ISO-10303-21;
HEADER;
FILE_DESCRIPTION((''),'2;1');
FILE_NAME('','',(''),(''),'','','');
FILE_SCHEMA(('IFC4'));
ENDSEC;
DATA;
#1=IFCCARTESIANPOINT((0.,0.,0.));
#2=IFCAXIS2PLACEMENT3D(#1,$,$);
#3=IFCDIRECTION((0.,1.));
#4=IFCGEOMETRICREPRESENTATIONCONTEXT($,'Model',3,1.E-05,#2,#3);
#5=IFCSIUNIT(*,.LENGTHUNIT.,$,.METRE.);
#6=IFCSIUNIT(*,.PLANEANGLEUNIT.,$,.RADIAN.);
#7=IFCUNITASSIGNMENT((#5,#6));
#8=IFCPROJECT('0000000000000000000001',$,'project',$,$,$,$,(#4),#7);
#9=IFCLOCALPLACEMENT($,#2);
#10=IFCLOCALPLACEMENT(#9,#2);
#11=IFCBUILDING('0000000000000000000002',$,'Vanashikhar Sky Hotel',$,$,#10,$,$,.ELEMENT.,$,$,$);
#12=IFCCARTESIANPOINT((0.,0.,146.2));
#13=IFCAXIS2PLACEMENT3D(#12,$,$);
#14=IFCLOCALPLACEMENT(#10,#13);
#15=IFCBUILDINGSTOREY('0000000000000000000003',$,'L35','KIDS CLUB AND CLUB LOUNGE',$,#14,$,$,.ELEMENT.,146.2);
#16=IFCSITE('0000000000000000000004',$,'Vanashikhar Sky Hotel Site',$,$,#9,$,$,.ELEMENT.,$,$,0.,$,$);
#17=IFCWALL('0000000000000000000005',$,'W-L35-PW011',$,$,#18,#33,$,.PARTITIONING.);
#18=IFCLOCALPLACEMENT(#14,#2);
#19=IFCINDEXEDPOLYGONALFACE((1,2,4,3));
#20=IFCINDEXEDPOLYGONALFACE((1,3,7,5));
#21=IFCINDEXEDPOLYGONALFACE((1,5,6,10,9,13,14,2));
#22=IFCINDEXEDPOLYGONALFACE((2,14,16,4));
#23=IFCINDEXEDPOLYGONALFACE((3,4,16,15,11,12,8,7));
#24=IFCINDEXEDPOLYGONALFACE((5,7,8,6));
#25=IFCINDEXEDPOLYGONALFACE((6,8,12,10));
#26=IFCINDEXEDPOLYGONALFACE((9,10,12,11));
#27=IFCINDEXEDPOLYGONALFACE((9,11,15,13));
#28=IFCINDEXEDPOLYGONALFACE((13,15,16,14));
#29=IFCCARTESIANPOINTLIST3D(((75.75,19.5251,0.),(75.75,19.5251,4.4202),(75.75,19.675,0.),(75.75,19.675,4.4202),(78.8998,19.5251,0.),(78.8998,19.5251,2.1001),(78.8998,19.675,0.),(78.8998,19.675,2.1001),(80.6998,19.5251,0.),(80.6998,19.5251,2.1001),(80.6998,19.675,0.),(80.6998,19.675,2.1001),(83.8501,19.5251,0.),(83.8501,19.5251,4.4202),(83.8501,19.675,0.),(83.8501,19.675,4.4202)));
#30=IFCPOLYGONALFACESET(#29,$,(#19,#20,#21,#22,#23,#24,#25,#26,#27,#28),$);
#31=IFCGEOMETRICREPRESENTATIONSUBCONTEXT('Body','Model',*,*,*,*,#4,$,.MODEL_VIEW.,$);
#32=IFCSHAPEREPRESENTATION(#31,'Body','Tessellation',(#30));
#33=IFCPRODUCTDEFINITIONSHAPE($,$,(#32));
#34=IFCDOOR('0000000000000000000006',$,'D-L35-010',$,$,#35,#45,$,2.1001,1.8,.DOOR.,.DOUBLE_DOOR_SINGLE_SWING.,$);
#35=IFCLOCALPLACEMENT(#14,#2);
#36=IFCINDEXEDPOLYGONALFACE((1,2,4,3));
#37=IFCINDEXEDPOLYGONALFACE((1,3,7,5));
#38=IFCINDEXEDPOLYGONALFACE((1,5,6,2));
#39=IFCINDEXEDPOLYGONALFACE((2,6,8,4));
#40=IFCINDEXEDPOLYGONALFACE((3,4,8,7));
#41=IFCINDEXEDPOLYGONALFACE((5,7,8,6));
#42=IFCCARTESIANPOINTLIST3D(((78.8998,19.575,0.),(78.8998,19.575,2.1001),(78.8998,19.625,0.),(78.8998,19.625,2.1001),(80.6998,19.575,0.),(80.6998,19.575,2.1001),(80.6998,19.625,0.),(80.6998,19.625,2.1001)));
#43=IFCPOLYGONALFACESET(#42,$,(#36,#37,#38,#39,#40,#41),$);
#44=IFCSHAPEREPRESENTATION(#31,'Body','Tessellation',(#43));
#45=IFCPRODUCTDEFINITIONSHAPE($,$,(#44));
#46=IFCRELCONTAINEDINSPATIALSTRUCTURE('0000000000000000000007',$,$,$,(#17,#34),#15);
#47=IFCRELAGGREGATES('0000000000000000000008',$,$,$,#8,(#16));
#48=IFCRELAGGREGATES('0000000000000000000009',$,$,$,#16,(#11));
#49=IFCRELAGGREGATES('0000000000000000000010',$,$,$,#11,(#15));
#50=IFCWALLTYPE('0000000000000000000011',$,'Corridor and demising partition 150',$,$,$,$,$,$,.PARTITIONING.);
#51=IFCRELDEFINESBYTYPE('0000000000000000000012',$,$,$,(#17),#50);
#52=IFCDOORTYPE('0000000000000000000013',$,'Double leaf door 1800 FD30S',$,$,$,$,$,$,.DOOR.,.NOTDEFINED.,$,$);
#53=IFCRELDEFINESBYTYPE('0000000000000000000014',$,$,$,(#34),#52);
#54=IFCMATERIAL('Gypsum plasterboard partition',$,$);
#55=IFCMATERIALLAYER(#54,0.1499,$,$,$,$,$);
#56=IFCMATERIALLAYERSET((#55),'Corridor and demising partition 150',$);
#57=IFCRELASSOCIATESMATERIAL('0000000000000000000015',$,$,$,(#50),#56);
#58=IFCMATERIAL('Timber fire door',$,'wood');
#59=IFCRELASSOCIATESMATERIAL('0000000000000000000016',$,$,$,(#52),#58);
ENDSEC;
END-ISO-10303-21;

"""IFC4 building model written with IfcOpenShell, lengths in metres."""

from ifc_helpers import new_model, si_unit, direction, frame, frame_2d, origin, place, context, subcontext, project, spatial, rectangle, extrude, source, transform, mapped, material, layer, layer_set, type_object, element, fill, save


model = new_model("IFC4")

# Units and contexts
model_context = context("Model", 3, precision=1e-05, world=origin(), true_north=direction((0.0, 1.0)))
body_context = subcontext(model_context, "Body", "Model", "MODEL_VIEW")
ifc_project = project(units=[si_unit("LENGTHUNIT", "METRE"), si_unit("PLANEANGLEUNIT", "RADIAN")], contexts=[model_context])

# Site, building, storey
site_placement = place(None, origin())
site = spatial("IfcSite", under=ifc_project, at=site_placement, Name="Vanashikhar Sky Hotel Site", CompositionType="ELEMENT", RefElevation=0.0)
building_placement = place(site_placement, origin())
building = spatial("IfcBuilding", under=site, at=building_placement, Name="Vanashikhar Sky Hotel", CompositionType="ELEMENT")
storey_placement = place(building_placement, frame((0.0, 0.0, 146.2)))
storey = spatial("IfcBuildingStorey", under=building, at=storey_placement, Name="L35", Description="KIDS CLUB AND CLUB LOUNGE", CompositionType="ELEMENT", Elevation=146.2)

# Wall, opening, door
ifc_material_1 = material(Name="Gypsum plasterboard partition")
ifc_layer_1 = layer(ifc_material_1, 0.1499)
ifc_layer_set_1 = layer_set([ifc_layer_1], Name="Corridor and demising partition 150")
wall_type_1 = type_object("IfcWallType", Name="Corridor and demising partition 150", PredefinedType="PARTITIONING", material=ifc_layer_set_1)
shared_shape_1 = source(origin(), body_context, "Body", "SweptSolid", [
    extrude(rectangle(XDim=8.1001, YDim=0.1499, at=frame_2d((4.05, 0.0))), origin(), (0.0, 0.0, 1.0), 4.4202),
])
wall_1_placement = place(storey_placement, frame((75.75, 19.6001, 0.0), z_axis=(0.0, 0.0, 1.0), x_axis=(1.0, 0.0, 0.0)))
wall_1 = element("IfcWall", 1, at=wall_1_placement, inside=storey, type_object=wall_type_1, Name="W-L35-PW011", PredefinedType="PARTITIONING", context=body_context, shape_type="MappedRepresentation", body=[
    mapped(shared_shape_1, transform((0.0, 0.0, 0.0), scale=1.0)),
])
shared_shape_2 = source(origin(), body_context, "Body", "SweptSolid", [
    extrude(rectangle(XDim=1.8, YDim=2.1001, at=frame_2d((0.8999, 1.05))), frame((0.0, 0.085, 0.0), z_axis=(0.0, -1.0, 0.0), x_axis=(1.0, 0.0, 0.0)), (0.0, 0.0, 1.0), 0.1699),
])
opening_1_placement = place(wall_1_placement, frame((3.1499, 0.0, 0.0)))
opening_1 = element("IfcOpeningElement", 2, at=opening_1_placement, cuts=wall_1, PredefinedType="OPENING", context=body_context, shape_type="MappedRepresentation", body=[
    mapped(shared_shape_2, transform((0.0, 0.0, 0.0), scale=1.0)),
])
ifc_material_2 = material(Name="Timber fire door", Category="wood")
door_type_1 = type_object("IfcDoorType", Name="Double leaf door 1800 FD30S", OperationType="NOTDEFINED", PredefinedType="DOOR", material=ifc_material_2)
shared_shape_3 = source(origin(), body_context, "Body", "SweptSolid", [
    extrude(rectangle(XDim=1.8, YDim=2.1001, at=frame_2d((0.8999, 1.05))), frame((0.0, 0.0249, 0.0), z_axis=(0.0, -1.0, 0.0), x_axis=(1.0, 0.0, 0.0)), (0.0, 0.0, 1.0), 0.05),
])
door_1_placement = place(opening_1_placement, origin())
door_1 = element("IfcDoor", 3, at=door_1_placement, inside=storey, type_object=door_type_1, Name="D-L35-010", OperationType="DOUBLE_DOOR_SINGLE_SWING", OverallHeight=2.1001, OverallWidth=1.8, PredefinedType="DOOR", context=body_context, shape_type="MappedRepresentation", body=[
    mapped(shared_shape_3, transform((0.0, 0.0, 0.0), scale=1.0)),
])
fill(opening_1, door_1)

save(model, "model.ifc")
